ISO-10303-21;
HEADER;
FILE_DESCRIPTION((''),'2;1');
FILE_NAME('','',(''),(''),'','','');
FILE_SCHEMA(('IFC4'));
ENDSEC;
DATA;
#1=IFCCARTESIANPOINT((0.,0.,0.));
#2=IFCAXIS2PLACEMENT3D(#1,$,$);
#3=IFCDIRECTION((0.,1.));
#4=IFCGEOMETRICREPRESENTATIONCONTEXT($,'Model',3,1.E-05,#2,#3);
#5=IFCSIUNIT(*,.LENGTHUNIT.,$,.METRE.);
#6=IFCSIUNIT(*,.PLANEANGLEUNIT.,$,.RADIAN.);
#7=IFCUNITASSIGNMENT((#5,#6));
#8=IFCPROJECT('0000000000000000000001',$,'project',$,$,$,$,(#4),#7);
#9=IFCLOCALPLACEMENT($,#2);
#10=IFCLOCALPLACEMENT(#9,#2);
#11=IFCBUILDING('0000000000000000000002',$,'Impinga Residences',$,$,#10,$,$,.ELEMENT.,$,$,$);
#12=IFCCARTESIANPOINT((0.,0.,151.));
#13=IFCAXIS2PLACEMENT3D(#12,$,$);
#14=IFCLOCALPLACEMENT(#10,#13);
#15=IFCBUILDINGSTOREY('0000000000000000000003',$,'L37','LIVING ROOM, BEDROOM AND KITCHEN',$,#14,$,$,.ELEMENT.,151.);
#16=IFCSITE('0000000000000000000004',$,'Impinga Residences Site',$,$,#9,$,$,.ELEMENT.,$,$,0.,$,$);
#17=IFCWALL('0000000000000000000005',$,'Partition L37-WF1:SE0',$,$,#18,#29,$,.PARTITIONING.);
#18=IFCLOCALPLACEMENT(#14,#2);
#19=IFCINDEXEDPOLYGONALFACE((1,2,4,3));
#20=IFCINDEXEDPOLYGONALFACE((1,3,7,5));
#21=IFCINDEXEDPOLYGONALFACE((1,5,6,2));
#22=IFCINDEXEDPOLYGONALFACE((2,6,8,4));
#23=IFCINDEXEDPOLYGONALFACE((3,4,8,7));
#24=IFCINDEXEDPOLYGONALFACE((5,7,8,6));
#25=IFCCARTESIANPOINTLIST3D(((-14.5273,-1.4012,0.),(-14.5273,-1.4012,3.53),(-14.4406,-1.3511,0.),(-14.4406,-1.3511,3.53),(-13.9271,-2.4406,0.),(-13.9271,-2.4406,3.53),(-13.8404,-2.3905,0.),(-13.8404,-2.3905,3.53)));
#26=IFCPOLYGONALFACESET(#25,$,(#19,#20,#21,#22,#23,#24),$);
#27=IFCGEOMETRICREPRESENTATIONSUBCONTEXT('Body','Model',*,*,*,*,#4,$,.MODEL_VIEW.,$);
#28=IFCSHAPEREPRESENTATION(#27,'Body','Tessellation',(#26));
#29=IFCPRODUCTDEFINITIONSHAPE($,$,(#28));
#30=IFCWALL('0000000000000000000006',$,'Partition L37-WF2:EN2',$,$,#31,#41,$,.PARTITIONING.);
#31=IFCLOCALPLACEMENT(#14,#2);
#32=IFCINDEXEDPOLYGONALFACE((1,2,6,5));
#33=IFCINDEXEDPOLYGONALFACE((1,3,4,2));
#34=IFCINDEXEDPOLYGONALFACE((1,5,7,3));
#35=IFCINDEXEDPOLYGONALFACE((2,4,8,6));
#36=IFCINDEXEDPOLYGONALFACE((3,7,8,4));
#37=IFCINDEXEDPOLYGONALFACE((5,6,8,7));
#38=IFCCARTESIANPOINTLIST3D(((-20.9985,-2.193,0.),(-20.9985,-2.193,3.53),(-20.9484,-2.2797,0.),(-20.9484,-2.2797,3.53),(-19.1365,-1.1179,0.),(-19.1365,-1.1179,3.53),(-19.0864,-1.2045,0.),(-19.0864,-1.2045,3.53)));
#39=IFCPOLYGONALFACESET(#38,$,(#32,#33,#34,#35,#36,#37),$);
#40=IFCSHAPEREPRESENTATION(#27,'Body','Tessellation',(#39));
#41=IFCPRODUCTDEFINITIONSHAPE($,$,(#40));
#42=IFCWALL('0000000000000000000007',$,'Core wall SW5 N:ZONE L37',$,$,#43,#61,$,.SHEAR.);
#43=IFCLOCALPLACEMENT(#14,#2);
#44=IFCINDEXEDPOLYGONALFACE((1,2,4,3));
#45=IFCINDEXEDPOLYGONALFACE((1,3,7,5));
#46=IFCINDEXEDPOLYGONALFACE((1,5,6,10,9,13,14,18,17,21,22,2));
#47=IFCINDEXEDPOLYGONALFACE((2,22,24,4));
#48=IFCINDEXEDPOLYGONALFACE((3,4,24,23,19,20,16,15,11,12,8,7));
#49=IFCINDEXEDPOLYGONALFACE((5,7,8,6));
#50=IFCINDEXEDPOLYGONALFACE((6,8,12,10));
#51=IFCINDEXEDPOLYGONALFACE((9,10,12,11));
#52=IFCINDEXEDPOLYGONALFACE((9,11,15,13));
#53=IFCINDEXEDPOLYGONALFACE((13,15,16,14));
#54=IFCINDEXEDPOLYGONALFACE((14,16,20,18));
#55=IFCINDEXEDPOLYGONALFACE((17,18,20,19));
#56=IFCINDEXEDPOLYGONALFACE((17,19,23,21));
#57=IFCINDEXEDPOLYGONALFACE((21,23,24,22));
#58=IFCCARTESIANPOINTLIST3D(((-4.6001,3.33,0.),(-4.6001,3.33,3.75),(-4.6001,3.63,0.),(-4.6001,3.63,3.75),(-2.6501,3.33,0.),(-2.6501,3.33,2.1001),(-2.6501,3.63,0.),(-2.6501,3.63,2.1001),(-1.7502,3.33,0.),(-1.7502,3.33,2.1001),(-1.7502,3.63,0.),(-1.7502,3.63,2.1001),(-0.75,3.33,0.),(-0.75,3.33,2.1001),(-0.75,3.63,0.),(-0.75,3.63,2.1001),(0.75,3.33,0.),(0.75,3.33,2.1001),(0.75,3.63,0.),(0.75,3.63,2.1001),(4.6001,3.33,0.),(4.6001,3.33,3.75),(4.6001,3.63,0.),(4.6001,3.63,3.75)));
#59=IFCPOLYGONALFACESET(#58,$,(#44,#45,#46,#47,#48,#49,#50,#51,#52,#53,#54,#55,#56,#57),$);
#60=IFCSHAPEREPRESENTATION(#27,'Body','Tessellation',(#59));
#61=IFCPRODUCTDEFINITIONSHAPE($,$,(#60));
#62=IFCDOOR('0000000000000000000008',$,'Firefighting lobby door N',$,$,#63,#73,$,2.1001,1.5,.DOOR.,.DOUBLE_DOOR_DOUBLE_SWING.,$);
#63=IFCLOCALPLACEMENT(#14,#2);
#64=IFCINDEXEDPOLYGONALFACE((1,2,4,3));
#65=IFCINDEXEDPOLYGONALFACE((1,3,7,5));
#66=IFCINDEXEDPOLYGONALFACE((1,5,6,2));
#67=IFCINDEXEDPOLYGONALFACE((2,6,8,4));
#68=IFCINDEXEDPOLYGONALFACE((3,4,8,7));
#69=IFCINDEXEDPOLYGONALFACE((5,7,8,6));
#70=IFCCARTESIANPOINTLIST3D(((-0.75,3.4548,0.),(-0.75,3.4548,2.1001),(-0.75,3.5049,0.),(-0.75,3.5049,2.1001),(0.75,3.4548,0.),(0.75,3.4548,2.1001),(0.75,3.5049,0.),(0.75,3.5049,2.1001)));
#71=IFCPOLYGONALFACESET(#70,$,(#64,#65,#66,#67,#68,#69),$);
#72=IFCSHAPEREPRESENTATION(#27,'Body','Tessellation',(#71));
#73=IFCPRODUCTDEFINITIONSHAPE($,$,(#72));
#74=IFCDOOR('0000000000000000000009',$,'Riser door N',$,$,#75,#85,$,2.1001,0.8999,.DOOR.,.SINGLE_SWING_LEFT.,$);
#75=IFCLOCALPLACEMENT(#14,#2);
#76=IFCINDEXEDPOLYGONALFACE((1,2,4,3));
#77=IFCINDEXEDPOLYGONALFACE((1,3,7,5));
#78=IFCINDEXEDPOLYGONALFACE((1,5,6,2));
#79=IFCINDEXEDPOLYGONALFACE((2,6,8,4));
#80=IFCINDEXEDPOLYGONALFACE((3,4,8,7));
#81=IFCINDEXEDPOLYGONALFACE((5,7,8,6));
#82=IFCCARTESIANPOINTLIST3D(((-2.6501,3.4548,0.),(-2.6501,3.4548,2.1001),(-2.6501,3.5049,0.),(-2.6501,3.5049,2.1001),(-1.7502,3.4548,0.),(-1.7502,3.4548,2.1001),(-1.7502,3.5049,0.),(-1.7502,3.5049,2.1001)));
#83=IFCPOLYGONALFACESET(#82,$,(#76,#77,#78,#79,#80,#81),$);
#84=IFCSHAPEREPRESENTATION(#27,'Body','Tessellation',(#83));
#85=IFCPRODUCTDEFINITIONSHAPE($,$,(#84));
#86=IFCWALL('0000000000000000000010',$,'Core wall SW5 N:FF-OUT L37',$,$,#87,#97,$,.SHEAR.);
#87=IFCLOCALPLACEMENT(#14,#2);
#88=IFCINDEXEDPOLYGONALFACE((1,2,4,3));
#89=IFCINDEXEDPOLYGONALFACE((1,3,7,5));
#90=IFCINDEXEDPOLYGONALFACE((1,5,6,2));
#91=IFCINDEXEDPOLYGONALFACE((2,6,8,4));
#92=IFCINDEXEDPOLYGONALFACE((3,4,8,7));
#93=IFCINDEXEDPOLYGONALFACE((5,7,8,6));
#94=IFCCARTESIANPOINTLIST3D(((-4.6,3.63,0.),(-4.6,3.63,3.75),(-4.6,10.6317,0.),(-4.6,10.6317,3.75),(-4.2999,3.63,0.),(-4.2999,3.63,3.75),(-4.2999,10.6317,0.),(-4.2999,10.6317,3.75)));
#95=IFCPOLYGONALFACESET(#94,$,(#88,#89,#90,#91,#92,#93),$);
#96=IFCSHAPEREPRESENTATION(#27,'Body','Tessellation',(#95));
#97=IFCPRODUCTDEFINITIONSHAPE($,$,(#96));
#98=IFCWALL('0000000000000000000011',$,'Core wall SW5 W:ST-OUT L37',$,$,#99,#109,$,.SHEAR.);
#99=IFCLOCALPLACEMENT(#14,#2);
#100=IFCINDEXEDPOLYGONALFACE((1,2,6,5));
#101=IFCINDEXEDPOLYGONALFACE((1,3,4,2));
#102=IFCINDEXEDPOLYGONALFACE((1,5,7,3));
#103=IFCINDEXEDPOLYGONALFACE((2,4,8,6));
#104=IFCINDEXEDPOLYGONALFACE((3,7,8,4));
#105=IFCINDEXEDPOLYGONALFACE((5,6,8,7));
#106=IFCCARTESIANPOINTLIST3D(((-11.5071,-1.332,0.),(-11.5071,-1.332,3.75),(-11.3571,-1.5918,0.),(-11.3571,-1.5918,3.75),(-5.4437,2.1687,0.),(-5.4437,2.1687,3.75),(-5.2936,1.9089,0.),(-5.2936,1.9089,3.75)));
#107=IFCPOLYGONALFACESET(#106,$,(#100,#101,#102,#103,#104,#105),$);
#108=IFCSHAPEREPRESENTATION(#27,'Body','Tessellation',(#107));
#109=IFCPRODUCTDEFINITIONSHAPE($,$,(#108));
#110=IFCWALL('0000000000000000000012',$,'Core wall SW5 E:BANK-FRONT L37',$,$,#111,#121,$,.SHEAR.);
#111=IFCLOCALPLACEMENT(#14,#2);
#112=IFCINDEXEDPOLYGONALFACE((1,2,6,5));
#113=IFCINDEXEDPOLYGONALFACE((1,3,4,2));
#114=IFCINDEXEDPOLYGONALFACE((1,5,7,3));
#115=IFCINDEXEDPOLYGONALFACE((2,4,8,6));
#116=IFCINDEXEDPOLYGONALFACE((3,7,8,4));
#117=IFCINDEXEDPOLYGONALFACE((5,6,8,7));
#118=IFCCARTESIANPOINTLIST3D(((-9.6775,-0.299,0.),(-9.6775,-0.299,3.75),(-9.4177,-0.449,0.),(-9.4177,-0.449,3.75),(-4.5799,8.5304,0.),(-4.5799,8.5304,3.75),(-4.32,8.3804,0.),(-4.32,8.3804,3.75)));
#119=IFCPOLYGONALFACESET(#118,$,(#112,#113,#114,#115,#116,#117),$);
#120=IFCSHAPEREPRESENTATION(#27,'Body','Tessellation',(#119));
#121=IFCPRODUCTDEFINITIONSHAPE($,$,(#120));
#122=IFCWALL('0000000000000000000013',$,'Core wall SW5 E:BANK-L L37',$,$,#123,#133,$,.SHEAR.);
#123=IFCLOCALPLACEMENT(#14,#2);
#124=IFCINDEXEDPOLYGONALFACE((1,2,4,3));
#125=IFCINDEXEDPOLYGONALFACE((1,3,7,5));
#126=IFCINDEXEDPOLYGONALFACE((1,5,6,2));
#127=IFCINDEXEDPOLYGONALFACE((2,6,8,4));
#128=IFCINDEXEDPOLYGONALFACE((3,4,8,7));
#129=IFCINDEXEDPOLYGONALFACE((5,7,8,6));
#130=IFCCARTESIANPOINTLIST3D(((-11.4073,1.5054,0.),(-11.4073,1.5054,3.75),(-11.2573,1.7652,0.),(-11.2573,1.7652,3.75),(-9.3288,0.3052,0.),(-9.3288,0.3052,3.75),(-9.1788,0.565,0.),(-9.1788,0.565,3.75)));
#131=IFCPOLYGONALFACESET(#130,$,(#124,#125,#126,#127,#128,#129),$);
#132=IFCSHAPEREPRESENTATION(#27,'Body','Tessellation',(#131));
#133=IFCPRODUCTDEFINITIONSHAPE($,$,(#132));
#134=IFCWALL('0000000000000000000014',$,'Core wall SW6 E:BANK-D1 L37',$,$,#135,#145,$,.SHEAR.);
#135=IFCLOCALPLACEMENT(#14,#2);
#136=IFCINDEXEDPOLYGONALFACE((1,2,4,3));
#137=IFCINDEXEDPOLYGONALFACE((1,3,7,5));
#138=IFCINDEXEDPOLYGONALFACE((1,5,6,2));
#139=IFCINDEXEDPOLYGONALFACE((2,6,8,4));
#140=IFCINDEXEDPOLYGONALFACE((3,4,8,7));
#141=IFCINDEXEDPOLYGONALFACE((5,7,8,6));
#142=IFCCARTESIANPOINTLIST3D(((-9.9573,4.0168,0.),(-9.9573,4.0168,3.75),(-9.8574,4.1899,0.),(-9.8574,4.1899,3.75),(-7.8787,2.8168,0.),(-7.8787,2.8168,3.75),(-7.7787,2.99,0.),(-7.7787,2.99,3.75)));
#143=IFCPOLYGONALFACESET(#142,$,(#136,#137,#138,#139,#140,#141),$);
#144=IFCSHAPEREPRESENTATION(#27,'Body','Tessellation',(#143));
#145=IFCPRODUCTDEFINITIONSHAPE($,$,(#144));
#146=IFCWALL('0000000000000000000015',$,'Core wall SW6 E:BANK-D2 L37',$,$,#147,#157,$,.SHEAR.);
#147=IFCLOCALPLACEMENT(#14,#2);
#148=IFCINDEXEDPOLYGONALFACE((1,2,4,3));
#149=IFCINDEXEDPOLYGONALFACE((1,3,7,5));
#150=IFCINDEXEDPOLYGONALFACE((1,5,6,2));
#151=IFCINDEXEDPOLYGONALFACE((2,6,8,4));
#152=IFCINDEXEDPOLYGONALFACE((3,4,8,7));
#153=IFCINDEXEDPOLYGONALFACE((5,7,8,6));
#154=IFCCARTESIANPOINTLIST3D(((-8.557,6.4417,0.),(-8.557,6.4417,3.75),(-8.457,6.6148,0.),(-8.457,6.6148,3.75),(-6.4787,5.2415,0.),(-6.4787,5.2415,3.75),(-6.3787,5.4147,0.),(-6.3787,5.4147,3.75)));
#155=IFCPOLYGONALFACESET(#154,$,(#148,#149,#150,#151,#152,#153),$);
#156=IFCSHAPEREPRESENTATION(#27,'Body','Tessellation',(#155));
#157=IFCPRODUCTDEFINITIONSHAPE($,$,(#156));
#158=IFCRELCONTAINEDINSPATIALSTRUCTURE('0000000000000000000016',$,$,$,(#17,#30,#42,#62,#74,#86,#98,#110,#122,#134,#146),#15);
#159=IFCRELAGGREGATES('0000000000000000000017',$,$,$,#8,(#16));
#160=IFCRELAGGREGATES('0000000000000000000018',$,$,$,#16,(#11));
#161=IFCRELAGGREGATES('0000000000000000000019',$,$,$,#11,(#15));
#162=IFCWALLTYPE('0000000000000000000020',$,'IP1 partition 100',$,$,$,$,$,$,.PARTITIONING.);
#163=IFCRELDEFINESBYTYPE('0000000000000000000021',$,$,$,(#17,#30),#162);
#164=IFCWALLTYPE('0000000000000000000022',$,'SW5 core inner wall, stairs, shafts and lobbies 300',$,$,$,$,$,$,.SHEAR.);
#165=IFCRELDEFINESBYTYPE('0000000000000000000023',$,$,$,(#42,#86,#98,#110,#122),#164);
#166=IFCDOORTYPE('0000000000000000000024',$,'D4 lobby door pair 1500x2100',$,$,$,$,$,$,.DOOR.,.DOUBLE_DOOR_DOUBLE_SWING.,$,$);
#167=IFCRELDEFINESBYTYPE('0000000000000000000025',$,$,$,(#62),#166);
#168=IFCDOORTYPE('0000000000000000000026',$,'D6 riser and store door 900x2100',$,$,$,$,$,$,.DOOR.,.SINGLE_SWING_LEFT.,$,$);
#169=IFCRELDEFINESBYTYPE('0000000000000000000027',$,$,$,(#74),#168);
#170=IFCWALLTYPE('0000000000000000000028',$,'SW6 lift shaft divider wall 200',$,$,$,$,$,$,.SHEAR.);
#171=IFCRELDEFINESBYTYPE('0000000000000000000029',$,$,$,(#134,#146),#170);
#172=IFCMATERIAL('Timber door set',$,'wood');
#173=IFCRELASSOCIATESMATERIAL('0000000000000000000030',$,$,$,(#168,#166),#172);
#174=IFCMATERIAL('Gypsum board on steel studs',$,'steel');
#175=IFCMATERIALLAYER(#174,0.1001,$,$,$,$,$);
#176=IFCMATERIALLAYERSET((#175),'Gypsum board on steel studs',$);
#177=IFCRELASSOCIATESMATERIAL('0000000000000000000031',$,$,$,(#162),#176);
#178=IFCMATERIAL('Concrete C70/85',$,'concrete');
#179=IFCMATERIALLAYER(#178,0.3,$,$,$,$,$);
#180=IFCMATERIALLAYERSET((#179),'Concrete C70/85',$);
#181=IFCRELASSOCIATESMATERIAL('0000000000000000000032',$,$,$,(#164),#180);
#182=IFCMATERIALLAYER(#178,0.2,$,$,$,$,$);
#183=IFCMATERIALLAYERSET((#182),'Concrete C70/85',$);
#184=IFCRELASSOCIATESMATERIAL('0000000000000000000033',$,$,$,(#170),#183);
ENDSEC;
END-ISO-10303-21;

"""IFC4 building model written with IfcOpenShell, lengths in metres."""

from ifc_helpers import new_model, si_unit, direction, frame, frame_2d, origin, place, context, subcontext, project, spatial, rectangle, extrude, material, layer, layer_set, type_object, element, fill, save


model = new_model("IFC4")

# Units and contexts
model_context = context("Model", 3, precision=1e-05, world=origin(), true_north=direction((0.0, 1.0)))
body_context = subcontext(model_context, "Body", "Model", "MODEL_VIEW")
ifc_project = project(units=[si_unit("LENGTHUNIT", "METRE"), si_unit("PLANEANGLEUNIT", "RADIAN")], contexts=[model_context])

# Site, building, storey
site_placement = place(None, origin())
site = spatial("IfcSite", under=ifc_project, at=site_placement, Name="Impinga Residences Site", CompositionType="ELEMENT", RefElevation=0.0)
building_placement = place(site_placement, origin())
building = spatial("IfcBuilding", under=site, at=building_placement, Name="Impinga Residences", CompositionType="ELEMENT")
storey_placement = place(building_placement, frame((0.0, 0.0, 151.0)))
storey = spatial("IfcBuildingStorey", under=building, at=storey_placement, Name="L37", Description="LIVING ROOM, BEDROOM AND KITCHEN", CompositionType="ELEMENT", Elevation=151.0)

# Shared definitions
ifc_material_1 = material(Name="Timber door set", Category="wood")
door_type_1 = type_object("IfcDoorType", Name="D6 riser and store door 900x2100", OperationType="SINGLE_SWING_LEFT", PredefinedType="DOOR", material=ifc_material_1)

# Shared definitions
ifc_material_2 = material(Name="Gypsum board on steel studs", Category="steel")
ifc_layer_1 = layer(ifc_material_2, 0.1001)
ifc_layer_set_1 = layer_set([ifc_layer_1], Name="Gypsum board on steel studs")
wall_type_1 = type_object("IfcWallType", Name="IP1 partition 100", PredefinedType="PARTITIONING", material=ifc_layer_set_1)

# Walls
wall_1_placement = place(storey_placement, frame((-13.8838, -2.4155, 0.0), z_axis=(0.0, 0.0, 1.0), x_axis=(-0.500034, 0.866006, 0.0)))
element("IfcWall", 1, at=wall_1_placement, inside=storey, type_object=wall_type_1, Name="Partition L37-WF1:SE0", PredefinedType="PARTITIONING", context=body_context, shape_type="SweptSolid", body=[
    extrude(rectangle(XDim=1.2002, YDim=0.1001, at=frame_2d((0.6001, 0.0))), origin(), (0.0, 0.0, 1.0), 3.53),
])
wall_2_placement = place(storey_placement, frame((-19.1113, -1.1611, 0.0), z_axis=(0.0, 0.0, 1.0), x_axis=(-0.865998, -0.500047, 0.0)))
element("IfcWall", 2, at=wall_2_placement, inside=storey, type_object=wall_type_1, Name="Partition L37-WF2:EN2", PredefinedType="PARTITIONING", context=body_context, shape_type="SweptSolid", body=[
    extrude(rectangle(XDim=2.1501, YDim=0.1001, at=frame_2d((1.0752, 0.0))), origin(), (0.0, 0.0, 1.0), 3.53),
])

# Wall, openings, doors
ifc_material_3 = material(Name="Concrete C70/85", Category="concrete")
ifc_layer_2 = layer(ifc_material_3, 0.3)
ifc_layer_set_2 = layer_set([ifc_layer_2], Name="Concrete C70/85")
wall_type_2 = type_object("IfcWallType", Name="SW5 core inner wall, stairs, shafts and lobbies 300", PredefinedType="SHEAR", material=ifc_layer_set_2)
wall_3_placement = place(storey_placement, frame((-4.6001, 3.48, 0.0), z_axis=(0.0, 0.0, 1.0), x_axis=(1.0, 0.0, 0.0)))
wall_3 = element("IfcWall", 3, at=wall_3_placement, inside=storey, type_object=wall_type_2, Name="Core wall SW5 N:ZONE L37", PredefinedType="SHEAR", context=body_context, shape_type="SweptSolid", body=[
    extrude(rectangle(XDim=9.2002, YDim=0.3, at=frame_2d((4.6001, 0.0))), origin(), (0.0, 0.0, 1.0), 3.75),
])
opening_1_placement = place(wall_3_placement, frame((3.8501, 0.0, 0.0)))
opening_1 = element("IfcOpeningElement", 4, at=opening_1_placement, cuts=wall_3, PredefinedType="OPENING", context=body_context, shape_type="SweptSolid", body=[
    extrude(rectangle(XDim=1.5, YDim=2.1001, at=frame_2d((0.75, 1.05))), frame((0.0, 0.1599, 0.0), z_axis=(0.0, -1.0, 0.0), x_axis=(1.0, 0.0, 0.0)), (0.0, 0.0, 1.0), 0.3201),
])
opening_2_placement = place(wall_3_placement, frame((1.95, 0.0, 0.0)))
opening_2 = element("IfcOpeningElement", 5, at=opening_2_placement, cuts=wall_3, PredefinedType="OPENING", context=body_context, shape_type="SweptSolid", body=[
    extrude(rectangle(XDim=0.8999, YDim=2.1001, at=frame_2d((0.45, 1.05))), frame((0.0, 0.1599, 0.0), z_axis=(0.0, -1.0, 0.0), x_axis=(1.0, 0.0, 0.0)), (0.0, 0.0, 1.0), 0.3201),
])
door_type_2 = type_object("IfcDoorType", Name="D4 lobby door pair 1500x2100", OperationType="DOUBLE_DOOR_DOUBLE_SWING", PredefinedType="DOOR", material=ifc_material_1)
door_1_placement = place(opening_1_placement, origin())
door_1 = element("IfcDoor", 6, at=door_1_placement, inside=storey, type_object=door_type_2, Name="Firefighting lobby door N", OperationType="DOUBLE_DOOR_DOUBLE_SWING", OverallHeight=2.1001, OverallWidth=1.5, PredefinedType="DOOR", context=body_context, shape_type="SweptSolid", body=[
    extrude(rectangle(XDim=1.5, YDim=2.1001, at=frame_2d((0.75, 1.05))), frame((0.0, 0.0249, 0.0), z_axis=(0.0, -1.0, 0.0), x_axis=(1.0, 0.0, 0.0)), (0.0, 0.0, 1.0), 0.05),
])
fill(opening_1, door_1)
door_2_placement = place(opening_2_placement, origin())
door_2 = element("IfcDoor", 7, at=door_2_placement, inside=storey, type_object=door_type_1, Name="Riser door N", OperationType="SINGLE_SWING_LEFT", OverallHeight=2.1001, OverallWidth=0.8999, PredefinedType="DOOR", context=body_context, shape_type="SweptSolid", body=[
    extrude(rectangle(XDim=0.8999, YDim=2.1001, at=frame_2d((0.45, 1.05))), frame((0.0, 0.0249, 0.0), z_axis=(0.0, -1.0, 0.0), x_axis=(1.0, 0.0, 0.0)), (0.0, 0.0, 1.0), 0.05),
])
fill(opening_2, door_2)

# Walls
wall_4_placement = place(storey_placement, frame((-4.45, 3.6299, 0.0), z_axis=(0.0, 0.0, 1.0), x_axis=(0.0, 1.0, 0.0)))
element("IfcWall", 8, at=wall_4_placement, inside=storey, type_object=wall_type_2, Name="Core wall SW5 N:FF-OUT L37", PredefinedType="SHEAR", context=body_context, shape_type="SweptSolid", body=[
    extrude(rectangle(XDim=7.0017, YDim=0.3, at=frame_2d((3.501, 0.0))), origin(), (0.0, 0.0, 1.0), 3.75),
])
wall_5_placement = place(storey_placement, frame((-5.3687, 2.0388, 0.0), z_axis=(0.0, 0.0, 1.0), x_axis=(-0.866026, -0.499998, 0.0)))
element("IfcWall", 9, at=wall_5_placement, inside=storey, type_object=wall_type_2, Name="Core wall SW5 W:ST-OUT L37", PredefinedType="SHEAR", context=body_context, shape_type="SweptSolid", body=[
    extrude(rectangle(XDim=7.0015, YDim=0.3, at=frame_2d((3.5007, 0.0))), origin(), (0.0, 0.0, 1.0), 3.75),
])
wall_6_placement = place(storey_placement, frame((-9.5476, -0.374, 0.0), z_axis=(0.0, 0.0, 1.0), x_axis=(0.500002, 0.866024, 0.0)))
element("IfcWall", 10, at=wall_6_placement, inside=storey, type_object=wall_type_2, Name="Core wall SW5 E:BANK-FRONT L37", PredefinedType="SHEAR", context=body_context, shape_type="SweptSolid", body=[
    extrude(rectangle(XDim=10.1953, YDim=0.3, at=frame_2d((5.0977, 0.0))), origin(), (0.0, 0.0, 1.0), 3.75),
])
wall_7_placement = place(storey_placement, frame((-9.2537, 0.4351, 0.0), z_axis=(0.0, 0.0, 1.0), x_axis=(-0.866006, 0.500034, 0.0)))
element("IfcWall", 11, at=wall_7_placement, inside=storey, type_object=wall_type_2, Name="Core wall SW5 E:BANK-L L37", PredefinedType="SHEAR", context=body_context, shape_type="SweptSolid", body=[
    extrude(rectangle(XDim=2.4001, YDim=0.3, at=frame_2d((1.2002, 0.0))), origin(), (0.0, 0.0, 1.0), 3.75),
])
ifc_layer_3 = layer(ifc_material_3, 0.2)
ifc_layer_set_3 = layer_set([ifc_layer_3], Name="Concrete C70/85")
wall_type_3 = type_object("IfcWallType", Name="SW6 lift shaft divider wall 200", PredefinedType="SHEAR", material=ifc_layer_set_3)
wall_8_placement = place(storey_placement, frame((-7.8286, 2.9033, 0.0), z_axis=(0.0, 0.0, 1.0), x_axis=(-0.86605, 0.499957, 0.0)))
element("IfcWall", 12, at=wall_8_placement, inside=storey, type_object=wall_type_3, Name="Core wall SW6 E:BANK-D1 L37", PredefinedType="SHEAR", context=body_context, shape_type="SweptSolid", body=[
    extrude(rectangle(XDim=2.4001, YDim=0.2, at=frame_2d((1.2002, 0.0))), origin(), (0.0, 0.0, 1.0), 3.75),
])
wall_9_placement = place(storey_placement, frame((-6.4287, 5.3281, 0.0), z_axis=(0.0, 0.0, 1.0), x_axis=(-0.865981, 0.500078, 0.0)))
element("IfcWall", 13, at=wall_9_placement, inside=storey, type_object=wall_type_3, Name="Core wall SW6 E:BANK-D2 L37", PredefinedType="SHEAR", context=body_context, shape_type="SweptSolid", body=[
    extrude(rectangle(XDim=2.3999, YDim=0.2, at=frame_2d((1.2, 0.0))), origin(), (0.0, 0.0, 1.0), 3.75),
])

save(model, "model.ifc")
